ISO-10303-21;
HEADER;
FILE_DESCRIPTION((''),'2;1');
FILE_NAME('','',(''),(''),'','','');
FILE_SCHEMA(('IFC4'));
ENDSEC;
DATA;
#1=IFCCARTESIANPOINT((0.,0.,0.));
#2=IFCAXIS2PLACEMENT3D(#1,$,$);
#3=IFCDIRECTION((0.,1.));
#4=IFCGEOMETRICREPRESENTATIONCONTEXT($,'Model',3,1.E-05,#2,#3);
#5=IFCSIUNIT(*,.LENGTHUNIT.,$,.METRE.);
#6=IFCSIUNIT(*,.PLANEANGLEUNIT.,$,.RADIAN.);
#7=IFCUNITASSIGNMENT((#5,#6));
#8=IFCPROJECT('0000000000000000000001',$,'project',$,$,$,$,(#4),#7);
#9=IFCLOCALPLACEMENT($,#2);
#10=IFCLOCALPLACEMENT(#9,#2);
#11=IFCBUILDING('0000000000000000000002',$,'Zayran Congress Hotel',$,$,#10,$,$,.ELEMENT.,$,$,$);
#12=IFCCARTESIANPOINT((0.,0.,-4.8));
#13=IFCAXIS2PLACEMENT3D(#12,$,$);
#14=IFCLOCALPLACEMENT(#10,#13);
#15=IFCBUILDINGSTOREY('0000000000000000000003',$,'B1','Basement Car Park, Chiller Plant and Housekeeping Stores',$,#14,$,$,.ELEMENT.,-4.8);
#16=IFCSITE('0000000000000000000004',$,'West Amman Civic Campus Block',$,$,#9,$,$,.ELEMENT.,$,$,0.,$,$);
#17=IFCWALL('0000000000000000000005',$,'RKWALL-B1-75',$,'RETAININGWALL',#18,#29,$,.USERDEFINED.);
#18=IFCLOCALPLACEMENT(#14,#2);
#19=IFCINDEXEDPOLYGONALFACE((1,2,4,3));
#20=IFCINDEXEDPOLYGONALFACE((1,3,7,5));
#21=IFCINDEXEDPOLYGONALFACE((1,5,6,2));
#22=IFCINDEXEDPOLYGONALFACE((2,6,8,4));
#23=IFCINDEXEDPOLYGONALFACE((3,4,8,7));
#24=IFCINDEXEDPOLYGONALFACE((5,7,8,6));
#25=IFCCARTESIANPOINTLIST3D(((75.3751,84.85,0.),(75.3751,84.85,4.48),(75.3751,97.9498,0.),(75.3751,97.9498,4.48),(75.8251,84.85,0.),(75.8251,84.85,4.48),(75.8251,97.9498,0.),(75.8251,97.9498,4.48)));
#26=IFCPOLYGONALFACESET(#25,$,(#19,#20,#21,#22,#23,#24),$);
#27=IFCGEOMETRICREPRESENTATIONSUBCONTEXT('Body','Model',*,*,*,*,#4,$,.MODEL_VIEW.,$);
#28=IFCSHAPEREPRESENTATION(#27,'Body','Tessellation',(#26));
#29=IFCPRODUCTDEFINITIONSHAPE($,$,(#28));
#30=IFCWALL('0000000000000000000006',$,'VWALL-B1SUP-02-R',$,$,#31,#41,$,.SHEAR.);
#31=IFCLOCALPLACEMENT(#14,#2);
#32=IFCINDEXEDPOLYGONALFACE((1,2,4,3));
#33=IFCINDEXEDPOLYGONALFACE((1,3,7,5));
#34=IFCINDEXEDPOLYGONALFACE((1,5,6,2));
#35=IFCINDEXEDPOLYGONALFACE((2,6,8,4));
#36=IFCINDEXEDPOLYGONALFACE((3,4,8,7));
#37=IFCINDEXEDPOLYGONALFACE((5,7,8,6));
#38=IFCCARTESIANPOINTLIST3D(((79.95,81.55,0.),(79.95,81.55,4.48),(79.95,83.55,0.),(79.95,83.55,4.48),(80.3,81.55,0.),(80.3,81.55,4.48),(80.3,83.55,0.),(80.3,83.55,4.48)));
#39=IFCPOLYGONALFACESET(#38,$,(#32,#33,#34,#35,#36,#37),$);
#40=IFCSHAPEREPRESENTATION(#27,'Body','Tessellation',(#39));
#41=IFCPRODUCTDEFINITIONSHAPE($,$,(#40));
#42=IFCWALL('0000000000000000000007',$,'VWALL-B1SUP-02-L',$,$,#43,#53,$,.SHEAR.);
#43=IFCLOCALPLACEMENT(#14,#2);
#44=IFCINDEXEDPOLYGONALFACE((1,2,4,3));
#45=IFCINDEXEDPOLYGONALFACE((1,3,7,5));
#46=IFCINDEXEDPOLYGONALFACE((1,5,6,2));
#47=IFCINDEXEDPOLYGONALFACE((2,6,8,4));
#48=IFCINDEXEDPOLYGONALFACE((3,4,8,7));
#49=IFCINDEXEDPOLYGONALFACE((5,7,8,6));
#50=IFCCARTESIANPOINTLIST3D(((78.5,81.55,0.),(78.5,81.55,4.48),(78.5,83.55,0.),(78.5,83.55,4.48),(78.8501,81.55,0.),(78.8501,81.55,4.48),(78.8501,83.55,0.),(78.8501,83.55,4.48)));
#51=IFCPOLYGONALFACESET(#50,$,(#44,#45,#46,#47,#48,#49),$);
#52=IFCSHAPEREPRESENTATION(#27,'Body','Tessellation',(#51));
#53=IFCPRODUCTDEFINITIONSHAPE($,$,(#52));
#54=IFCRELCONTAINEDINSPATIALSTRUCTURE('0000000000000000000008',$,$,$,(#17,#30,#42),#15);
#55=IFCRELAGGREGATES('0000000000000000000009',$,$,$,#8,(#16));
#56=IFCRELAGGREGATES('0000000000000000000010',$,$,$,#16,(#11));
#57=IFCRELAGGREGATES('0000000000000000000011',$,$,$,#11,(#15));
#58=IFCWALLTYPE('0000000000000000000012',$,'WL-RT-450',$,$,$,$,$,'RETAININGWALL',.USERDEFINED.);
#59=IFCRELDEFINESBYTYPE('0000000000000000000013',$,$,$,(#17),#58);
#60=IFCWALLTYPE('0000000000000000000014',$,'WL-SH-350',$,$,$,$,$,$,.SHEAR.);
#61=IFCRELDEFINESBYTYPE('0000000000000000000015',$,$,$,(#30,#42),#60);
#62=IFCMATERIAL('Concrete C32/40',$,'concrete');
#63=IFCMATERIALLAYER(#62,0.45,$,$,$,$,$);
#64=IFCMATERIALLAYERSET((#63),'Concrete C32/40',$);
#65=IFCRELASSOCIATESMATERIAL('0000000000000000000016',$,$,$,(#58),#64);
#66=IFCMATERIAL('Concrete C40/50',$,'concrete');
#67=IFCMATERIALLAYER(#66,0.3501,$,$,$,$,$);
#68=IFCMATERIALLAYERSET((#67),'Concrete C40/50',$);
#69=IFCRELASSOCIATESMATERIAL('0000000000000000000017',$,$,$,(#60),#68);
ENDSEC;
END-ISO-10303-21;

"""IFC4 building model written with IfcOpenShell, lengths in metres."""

from ifc_helpers import new_model, si_unit, direction, frame, frame_2d, origin, place, context, subcontext, project, spatial, rectangle, extrude, material, layer, layer_set, type_object, element, save


model = new_model("IFC4")

# Units and contexts
model_context = context("Model", 3, precision=1e-05, world=origin(), true_north=direction((0.0, 1.0)))
body_context = subcontext(model_context, "Body", "Model", "MODEL_VIEW")
ifc_project = project(units=[si_unit("LENGTHUNIT", "METRE"), si_unit("PLANEANGLEUNIT", "RADIAN")], contexts=[model_context])

# Site, building, storey
site_placement = place(None, origin())
site = spatial("IfcSite", under=ifc_project, at=site_placement, Name="West Amman Civic Campus Block", CompositionType="ELEMENT", RefElevation=0.0)
building_placement = place(site_placement, origin())
building = spatial("IfcBuilding", under=site, at=building_placement, Name="Zayran Congress Hotel", CompositionType="ELEMENT")
storey_placement = place(building_placement, frame((0.0, 0.0, -4.8)))
storey = spatial("IfcBuildingStorey", under=building, at=storey_placement, Name="B1", Description="Basement Car Park, Chiller Plant and Housekeeping Stores", CompositionType="ELEMENT", Elevation=-4.8)

# Shared definitions
ifc_material_1 = material(Name="Concrete C40/50", Category="concrete")

# Walls
ifc_material_2 = material(Name="Concrete C32/40", Category="concrete")
ifc_layer_1 = layer(ifc_material_2, 0.45)
ifc_layer_set_1 = layer_set([ifc_layer_1], Name="Concrete C32/40")
wall_type_1 = type_object("IfcWallType", Name="WL-RT-450", ElementType="RETAININGWALL", PredefinedType="USERDEFINED", material=ifc_layer_set_1)
wall_placement = place(storey_placement, frame((75.6001, 84.8501, 0.0), z_axis=(0.0, 0.0, 1.0), x_axis=(0.0, 1.0, 0.0)))
element("IfcWall", 1, at=wall_placement, inside=storey, type_object=wall_type_1, Name="RKWALL-B1-75", ObjectType="RETAININGWALL", PredefinedType="USERDEFINED", context=body_context, shape_type="SweptSolid", body=[
    extrude(rectangle(XDim=13.0999, YDim=0.45, at=frame_2d((6.5498, 0.0))), origin(), (0.0, 0.0, 1.0), 4.48),
])
ifc_layer_2 = layer(ifc_material_1, 0.3501)
ifc_layer_set_2 = layer_set([ifc_layer_2], Name="Concrete C40/50")
wall_type_2 = type_object("IfcWallType", Name="WL-SH-350", PredefinedType="SHEAR", material=ifc_layer_set_2)
for number, where, z_axis, x_axis, name in (
    (2, (80.125, 81.55, 0.0), (0.0, 0.0, 1.0), (0.0, 1.0, 0.0), "VWALL-B1SUP-02-R"),
    (3, (78.675, 81.55, 0.0), (0.0, 0.0, 1.0), (0.0, 1.0, 0.0), "VWALL-B1SUP-02-L"),
):
    element("IfcWall", number, at=place(storey_placement, frame(where, z_axis=z_axis, x_axis=x_axis)), inside=storey, type_object=wall_type_2, Name=name, PredefinedType="SHEAR", context=body_context, shape_type="SweptSolid", body=[
        extrude(rectangle(XDim=2.0, YDim=0.3501, at=frame_2d((1.0, 0.0))), origin(), (0.0, 0.0, 1.0), 4.48),
    ])

save(model, "model.ifc")
